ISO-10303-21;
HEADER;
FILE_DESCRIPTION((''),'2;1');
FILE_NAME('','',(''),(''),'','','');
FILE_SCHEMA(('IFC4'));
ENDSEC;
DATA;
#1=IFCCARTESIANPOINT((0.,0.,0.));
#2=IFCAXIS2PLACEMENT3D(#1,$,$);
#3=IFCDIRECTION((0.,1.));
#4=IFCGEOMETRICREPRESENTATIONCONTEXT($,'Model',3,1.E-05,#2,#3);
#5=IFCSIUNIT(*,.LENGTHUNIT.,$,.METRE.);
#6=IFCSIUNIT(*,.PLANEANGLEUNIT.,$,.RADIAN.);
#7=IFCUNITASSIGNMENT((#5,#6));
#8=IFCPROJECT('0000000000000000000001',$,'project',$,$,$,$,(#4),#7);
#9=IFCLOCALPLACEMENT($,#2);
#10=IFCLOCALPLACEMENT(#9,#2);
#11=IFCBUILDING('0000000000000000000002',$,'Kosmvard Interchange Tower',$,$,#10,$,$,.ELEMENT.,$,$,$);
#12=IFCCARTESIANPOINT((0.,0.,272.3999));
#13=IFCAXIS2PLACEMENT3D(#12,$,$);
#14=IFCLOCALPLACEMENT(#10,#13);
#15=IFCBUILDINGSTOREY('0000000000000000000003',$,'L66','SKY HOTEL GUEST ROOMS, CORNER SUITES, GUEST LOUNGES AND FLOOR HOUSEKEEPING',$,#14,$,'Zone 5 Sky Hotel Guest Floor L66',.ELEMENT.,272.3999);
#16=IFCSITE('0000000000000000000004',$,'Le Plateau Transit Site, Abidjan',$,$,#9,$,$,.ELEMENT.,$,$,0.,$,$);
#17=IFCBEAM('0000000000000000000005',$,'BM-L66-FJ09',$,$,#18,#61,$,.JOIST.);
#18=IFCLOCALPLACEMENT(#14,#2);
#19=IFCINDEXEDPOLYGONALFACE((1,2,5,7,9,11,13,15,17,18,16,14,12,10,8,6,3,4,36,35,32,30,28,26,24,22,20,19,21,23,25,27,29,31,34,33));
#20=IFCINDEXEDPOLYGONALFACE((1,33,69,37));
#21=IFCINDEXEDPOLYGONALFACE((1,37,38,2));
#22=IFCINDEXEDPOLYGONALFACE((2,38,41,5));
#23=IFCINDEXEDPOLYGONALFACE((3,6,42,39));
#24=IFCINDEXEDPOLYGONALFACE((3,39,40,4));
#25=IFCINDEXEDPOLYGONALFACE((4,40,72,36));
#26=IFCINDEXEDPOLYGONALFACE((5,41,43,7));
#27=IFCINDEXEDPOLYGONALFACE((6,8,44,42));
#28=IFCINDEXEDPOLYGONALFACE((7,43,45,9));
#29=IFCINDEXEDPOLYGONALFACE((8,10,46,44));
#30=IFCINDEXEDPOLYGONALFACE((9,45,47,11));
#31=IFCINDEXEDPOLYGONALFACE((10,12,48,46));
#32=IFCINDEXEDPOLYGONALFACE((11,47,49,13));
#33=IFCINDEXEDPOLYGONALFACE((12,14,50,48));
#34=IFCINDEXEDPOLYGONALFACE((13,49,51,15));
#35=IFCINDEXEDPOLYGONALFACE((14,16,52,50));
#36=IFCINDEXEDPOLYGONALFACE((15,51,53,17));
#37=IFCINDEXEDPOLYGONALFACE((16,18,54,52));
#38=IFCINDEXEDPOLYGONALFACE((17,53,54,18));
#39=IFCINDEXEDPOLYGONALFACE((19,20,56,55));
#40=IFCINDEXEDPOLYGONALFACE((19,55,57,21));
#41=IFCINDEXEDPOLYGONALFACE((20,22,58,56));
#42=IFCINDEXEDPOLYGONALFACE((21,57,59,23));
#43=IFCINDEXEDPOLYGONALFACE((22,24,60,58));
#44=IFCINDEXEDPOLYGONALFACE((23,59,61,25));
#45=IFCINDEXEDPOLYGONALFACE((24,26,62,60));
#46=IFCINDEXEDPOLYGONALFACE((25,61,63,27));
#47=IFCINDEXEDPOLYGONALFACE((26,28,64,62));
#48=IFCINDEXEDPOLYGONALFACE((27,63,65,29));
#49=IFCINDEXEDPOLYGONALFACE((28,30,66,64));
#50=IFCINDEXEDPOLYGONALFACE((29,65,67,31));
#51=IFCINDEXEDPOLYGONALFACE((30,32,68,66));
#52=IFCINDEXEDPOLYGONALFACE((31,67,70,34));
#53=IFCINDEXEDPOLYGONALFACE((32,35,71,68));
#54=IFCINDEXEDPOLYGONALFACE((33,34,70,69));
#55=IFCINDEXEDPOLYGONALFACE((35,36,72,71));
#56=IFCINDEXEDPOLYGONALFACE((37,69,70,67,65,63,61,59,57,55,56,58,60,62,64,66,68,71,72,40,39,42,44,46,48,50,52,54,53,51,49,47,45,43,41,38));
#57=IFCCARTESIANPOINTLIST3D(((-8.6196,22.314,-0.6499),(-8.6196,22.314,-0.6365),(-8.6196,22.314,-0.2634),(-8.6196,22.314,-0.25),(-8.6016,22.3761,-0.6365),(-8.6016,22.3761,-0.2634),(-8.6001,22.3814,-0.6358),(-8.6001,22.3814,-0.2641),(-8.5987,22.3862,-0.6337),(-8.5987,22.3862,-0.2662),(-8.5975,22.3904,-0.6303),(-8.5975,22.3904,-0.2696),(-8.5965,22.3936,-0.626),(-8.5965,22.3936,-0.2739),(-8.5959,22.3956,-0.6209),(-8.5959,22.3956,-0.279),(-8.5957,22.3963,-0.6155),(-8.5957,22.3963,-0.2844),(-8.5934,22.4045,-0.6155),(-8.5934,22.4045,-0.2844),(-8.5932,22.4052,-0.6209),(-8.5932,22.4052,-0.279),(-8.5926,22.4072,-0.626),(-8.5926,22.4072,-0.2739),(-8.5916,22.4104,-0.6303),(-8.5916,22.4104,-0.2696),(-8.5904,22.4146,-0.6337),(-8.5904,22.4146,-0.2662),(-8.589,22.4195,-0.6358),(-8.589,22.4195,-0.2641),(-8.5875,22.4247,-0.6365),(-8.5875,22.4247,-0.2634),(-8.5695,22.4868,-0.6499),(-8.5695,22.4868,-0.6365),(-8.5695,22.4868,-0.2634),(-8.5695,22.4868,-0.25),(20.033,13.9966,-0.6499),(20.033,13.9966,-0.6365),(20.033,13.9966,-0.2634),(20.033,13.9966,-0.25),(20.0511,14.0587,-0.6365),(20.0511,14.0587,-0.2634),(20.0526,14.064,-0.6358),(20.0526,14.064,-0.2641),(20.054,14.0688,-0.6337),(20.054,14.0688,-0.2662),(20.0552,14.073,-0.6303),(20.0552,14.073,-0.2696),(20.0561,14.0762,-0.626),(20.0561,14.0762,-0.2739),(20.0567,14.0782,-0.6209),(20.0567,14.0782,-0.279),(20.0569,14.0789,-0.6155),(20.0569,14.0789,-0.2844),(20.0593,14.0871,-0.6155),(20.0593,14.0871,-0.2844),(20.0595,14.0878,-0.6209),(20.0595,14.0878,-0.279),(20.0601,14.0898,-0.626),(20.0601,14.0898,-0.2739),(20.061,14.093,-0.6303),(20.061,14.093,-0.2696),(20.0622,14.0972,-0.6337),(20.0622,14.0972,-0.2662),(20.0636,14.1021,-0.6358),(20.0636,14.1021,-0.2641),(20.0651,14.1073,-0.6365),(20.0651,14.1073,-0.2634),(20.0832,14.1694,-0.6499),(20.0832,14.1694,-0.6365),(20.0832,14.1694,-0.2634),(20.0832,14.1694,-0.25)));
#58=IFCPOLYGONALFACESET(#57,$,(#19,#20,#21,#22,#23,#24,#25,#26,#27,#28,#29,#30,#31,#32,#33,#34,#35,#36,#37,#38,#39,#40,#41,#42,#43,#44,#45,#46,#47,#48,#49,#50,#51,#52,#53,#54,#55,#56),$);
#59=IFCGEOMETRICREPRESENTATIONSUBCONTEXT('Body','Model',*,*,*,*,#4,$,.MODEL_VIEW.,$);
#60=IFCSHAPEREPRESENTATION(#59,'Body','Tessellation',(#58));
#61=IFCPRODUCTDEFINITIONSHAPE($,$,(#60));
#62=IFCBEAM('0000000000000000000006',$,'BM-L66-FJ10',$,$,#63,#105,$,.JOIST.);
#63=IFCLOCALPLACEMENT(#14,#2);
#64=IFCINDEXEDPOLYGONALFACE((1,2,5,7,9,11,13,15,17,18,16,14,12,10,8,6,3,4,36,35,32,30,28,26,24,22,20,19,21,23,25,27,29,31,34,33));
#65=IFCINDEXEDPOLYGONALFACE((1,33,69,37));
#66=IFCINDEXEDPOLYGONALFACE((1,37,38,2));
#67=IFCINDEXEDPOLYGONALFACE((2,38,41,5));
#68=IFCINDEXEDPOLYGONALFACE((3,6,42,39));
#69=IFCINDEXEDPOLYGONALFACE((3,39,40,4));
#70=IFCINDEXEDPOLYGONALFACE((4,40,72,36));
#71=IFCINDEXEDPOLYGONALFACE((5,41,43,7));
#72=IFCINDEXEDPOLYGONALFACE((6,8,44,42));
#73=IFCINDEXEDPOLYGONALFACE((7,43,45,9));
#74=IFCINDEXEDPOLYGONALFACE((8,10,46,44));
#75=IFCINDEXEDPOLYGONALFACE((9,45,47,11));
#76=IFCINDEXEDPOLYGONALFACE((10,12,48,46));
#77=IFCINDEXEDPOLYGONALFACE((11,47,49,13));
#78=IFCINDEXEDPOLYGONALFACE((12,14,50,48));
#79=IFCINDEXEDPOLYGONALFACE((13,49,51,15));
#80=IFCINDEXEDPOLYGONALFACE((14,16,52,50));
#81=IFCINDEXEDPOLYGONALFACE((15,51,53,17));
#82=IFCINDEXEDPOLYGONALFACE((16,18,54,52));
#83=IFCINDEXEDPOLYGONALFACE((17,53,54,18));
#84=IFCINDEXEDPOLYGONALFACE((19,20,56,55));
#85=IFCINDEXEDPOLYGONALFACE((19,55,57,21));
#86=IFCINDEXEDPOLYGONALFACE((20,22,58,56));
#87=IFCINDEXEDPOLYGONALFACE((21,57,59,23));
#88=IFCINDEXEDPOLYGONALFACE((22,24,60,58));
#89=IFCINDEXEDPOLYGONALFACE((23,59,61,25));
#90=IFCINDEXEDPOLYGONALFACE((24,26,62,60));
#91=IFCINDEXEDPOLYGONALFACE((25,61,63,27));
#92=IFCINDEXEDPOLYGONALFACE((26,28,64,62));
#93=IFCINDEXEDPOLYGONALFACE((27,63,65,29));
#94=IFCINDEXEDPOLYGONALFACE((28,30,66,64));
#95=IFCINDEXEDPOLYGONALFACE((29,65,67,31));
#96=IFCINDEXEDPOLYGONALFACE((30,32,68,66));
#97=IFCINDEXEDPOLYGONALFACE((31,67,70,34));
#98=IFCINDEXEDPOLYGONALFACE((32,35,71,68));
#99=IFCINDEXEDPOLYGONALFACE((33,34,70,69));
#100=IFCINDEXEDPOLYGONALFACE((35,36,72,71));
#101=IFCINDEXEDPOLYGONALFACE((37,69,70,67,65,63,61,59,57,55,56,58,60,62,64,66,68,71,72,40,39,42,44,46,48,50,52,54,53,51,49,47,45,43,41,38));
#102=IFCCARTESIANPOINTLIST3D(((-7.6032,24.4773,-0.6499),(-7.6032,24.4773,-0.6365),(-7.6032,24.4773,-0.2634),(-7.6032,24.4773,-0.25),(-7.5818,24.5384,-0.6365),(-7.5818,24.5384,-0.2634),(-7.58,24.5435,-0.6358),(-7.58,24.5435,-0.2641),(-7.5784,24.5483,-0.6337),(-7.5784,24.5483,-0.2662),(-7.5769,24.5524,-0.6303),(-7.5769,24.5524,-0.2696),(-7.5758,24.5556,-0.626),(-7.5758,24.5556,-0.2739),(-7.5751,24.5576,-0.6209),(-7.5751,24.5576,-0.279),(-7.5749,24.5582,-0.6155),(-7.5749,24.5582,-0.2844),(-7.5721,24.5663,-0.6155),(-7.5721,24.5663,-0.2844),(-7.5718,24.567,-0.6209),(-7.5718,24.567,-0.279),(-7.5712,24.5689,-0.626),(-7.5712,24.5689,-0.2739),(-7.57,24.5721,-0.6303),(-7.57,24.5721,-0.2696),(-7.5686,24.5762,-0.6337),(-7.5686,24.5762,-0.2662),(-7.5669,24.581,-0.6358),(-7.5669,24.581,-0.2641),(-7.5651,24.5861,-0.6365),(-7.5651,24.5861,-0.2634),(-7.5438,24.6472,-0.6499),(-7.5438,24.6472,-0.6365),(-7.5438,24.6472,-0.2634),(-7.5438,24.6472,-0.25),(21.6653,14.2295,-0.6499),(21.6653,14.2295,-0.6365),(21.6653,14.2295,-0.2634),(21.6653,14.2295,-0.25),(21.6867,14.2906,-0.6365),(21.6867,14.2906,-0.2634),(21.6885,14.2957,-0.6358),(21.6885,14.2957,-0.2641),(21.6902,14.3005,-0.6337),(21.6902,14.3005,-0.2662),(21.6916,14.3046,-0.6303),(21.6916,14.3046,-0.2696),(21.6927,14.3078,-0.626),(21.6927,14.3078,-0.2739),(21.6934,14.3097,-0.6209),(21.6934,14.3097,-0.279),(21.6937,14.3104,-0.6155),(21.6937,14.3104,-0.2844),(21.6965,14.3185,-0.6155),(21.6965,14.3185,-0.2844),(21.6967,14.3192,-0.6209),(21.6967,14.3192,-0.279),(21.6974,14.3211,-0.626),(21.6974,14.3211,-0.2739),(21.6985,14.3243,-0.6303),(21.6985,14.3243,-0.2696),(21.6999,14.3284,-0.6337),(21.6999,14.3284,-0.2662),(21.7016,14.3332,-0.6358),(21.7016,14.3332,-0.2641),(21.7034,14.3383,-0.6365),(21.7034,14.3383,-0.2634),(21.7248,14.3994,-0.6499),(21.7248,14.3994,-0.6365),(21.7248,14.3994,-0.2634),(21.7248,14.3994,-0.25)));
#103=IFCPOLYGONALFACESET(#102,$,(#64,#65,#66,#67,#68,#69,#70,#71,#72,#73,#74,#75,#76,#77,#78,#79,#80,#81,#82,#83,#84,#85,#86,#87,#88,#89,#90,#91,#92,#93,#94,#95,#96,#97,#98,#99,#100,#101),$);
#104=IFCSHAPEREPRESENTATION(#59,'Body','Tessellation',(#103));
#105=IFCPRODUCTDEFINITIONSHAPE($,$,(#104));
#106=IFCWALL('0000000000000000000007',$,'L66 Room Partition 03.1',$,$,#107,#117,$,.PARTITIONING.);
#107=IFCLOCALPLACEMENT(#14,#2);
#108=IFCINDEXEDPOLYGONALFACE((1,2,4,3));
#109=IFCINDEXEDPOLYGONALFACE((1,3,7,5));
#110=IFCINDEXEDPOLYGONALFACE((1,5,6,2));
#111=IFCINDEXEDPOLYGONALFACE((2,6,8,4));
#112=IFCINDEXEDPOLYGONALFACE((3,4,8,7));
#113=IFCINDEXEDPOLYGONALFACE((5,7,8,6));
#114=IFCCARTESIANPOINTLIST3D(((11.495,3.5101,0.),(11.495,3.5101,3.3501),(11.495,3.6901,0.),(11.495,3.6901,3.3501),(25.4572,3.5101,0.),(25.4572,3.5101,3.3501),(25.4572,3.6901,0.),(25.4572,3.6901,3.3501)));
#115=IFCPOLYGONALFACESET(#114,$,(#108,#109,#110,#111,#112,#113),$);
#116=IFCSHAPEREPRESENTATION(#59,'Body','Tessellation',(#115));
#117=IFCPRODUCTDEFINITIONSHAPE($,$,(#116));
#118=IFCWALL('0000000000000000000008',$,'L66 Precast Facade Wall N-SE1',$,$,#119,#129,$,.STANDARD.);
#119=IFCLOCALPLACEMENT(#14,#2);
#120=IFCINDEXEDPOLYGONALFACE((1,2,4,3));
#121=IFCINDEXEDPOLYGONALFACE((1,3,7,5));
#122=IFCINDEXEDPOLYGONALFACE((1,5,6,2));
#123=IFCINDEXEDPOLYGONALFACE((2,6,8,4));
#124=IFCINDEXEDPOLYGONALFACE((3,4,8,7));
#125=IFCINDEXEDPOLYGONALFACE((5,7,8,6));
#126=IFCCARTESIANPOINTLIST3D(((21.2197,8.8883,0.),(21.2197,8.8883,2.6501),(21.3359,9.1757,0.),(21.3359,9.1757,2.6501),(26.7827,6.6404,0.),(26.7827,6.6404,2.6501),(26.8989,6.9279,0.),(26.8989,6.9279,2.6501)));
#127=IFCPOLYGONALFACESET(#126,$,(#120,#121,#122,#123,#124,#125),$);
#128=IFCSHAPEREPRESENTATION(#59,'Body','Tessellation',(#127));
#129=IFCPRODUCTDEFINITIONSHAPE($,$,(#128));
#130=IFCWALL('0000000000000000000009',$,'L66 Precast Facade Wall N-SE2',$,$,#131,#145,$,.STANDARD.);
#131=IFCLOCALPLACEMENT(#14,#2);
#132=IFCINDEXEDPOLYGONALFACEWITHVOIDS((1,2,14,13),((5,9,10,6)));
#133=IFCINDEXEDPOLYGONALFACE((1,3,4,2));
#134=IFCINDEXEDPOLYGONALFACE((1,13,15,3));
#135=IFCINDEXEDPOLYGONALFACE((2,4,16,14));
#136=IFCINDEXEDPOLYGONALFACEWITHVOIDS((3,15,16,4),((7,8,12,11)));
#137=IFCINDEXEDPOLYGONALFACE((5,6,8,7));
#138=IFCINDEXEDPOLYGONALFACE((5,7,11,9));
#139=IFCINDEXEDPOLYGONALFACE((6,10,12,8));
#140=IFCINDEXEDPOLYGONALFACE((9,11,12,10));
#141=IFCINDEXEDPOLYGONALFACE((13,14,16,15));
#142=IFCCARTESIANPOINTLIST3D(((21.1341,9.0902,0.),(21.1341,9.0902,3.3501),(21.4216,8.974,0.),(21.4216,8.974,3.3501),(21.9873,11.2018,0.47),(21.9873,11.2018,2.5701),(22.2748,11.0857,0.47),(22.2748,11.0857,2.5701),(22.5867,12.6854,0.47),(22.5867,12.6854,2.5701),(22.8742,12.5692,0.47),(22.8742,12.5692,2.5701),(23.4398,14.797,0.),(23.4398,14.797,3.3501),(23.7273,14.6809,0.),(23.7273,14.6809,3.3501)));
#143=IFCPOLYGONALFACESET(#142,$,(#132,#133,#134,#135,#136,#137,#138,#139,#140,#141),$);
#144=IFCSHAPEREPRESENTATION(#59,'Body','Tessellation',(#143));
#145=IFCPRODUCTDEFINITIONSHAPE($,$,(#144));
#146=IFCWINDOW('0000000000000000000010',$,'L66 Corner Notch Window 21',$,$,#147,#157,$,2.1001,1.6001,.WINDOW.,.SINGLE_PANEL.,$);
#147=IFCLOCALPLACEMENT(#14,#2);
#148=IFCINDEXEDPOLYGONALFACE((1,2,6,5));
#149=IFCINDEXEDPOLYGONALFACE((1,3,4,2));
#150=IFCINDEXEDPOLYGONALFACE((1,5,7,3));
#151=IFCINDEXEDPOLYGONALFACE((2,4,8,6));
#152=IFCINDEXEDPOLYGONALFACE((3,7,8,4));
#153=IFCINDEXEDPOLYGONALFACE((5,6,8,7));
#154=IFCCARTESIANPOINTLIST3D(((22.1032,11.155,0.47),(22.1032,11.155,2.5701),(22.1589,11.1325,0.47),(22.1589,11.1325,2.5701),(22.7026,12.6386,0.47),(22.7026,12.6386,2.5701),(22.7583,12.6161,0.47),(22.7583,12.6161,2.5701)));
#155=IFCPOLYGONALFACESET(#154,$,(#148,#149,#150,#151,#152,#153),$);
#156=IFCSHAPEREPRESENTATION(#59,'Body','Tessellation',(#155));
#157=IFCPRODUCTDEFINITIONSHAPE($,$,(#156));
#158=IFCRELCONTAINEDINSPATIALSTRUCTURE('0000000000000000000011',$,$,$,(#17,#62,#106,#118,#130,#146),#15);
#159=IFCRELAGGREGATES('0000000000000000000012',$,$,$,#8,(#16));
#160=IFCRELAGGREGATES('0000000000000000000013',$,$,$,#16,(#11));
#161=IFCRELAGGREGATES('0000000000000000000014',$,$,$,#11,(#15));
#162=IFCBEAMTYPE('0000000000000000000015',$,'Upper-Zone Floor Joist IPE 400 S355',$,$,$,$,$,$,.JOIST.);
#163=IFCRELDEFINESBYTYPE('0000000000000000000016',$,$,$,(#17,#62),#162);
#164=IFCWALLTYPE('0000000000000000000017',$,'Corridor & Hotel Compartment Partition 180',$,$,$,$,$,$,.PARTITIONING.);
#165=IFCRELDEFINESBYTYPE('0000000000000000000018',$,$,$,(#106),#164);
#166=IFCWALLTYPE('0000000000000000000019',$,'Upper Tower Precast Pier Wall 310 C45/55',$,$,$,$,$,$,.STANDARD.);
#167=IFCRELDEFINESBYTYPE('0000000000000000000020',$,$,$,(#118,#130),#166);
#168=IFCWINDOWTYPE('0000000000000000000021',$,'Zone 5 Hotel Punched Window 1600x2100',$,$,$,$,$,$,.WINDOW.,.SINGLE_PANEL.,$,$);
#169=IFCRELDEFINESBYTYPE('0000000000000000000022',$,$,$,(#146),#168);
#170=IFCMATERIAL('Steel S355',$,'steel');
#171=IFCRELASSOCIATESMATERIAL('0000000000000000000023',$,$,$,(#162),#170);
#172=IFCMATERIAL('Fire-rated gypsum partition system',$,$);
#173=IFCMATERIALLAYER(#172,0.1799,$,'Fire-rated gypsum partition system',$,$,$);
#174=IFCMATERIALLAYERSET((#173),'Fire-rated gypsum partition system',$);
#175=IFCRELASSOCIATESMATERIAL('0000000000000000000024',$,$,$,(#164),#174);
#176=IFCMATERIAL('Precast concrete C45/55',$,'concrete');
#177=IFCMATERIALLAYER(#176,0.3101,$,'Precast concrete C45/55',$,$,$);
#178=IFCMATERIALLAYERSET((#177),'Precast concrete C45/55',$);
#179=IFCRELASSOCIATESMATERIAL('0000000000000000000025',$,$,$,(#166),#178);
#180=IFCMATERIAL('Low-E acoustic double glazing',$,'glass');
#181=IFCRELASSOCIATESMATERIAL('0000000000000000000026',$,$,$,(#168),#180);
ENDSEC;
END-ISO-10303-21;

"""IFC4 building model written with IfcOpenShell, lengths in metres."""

from ifc_helpers import new_model, si_unit, direction, frame, frame_2d, origin, origin_2d, place, context, subcontext, project, spatial, rectangle, i_section, extrude, source, transform, mapped, material, layer, layer_set, material_profile, profile_set, type_object, element, fill, save


model = new_model("IFC4")

# Units and contexts
model_context = context("Model", 3, precision=1e-05, world=origin(), true_north=direction((0.0, 1.0)))
body_context = subcontext(model_context, "Body", "Model", "MODEL_VIEW")
ifc_project = project(units=[si_unit("LENGTHUNIT", "METRE"), si_unit("PLANEANGLEUNIT", "RADIAN")], contexts=[model_context])

# Site, building, storey
site_placement = place(None, origin())
site = spatial("IfcSite", under=ifc_project, at=site_placement, Name="Le Plateau Transit Site, Abidjan", CompositionType="ELEMENT", RefElevation=0.0)
building_placement = place(site_placement, origin())
building = spatial("IfcBuilding", under=site, at=building_placement, Name="Kosmvard Interchange Tower", CompositionType="ELEMENT")
storey_placement = place(building_placement, frame((0.0, 0.0, 272.3999)))
storey = spatial("IfcBuildingStorey", under=building, at=storey_placement, Name="L66", Description="SKY HOTEL GUEST ROOMS, CORNER SUITES, GUEST LOUNGES AND FLOOR HOUSEKEEPING", LongName="Zone 5 Sky Hotel Guest Floor L66", CompositionType="ELEMENT", Elevation=272.3999)

# Beams
ifc_material_1 = material(Name="Steel S355", Category="steel")
ifc_material_2 = material(Name="Precast concrete C45/55", Category="concrete")
ifc_material_profile_1 = material_profile(ifc_material_1, i_section(OverallWidth=0.1799, OverallDepth=0.3999, WebThickness=0.0085, FlangeThickness=0.0134, FilletRadius=0.021, at=origin_2d()), Name="IPE 400")
ifc_profile_set_1 = profile_set([ifc_material_profile_1], Name="Steel S355")
beam_type_1 = type_object("IfcBeamType", Name="Upper-Zone Floor Joist IPE 400 S355", PredefinedType="JOIST", material=ifc_profile_set_1)
shared_shape_1 = source(origin(), body_context, "Body", "SweptSolid", [
    extrude(i_section(OverallWidth=0.1799, OverallDepth=0.3999, WebThickness=0.0085, FlangeThickness=0.0134, FilletRadius=0.021, at=origin_2d()), origin(), (0.0, 0.0, 1.0), 29.8354),
])
beam_1_placement = place(storey_placement, frame((20.0581, 14.083, -0.45), z_axis=(-0.960356, 0.278776, 0.0), x_axis=(-0.278776, -0.960356, 0.0)))
element("IfcBeam", 1, at=beam_1_placement, inside=storey, type_object=beam_type_1, Name="BM-L66-FJ09", PredefinedType="JOIST", context=body_context, shape_type="MappedRepresentation", body=[
    mapped(shared_shape_1, transform((0.0, 0.0, 0.0), scale=1.0)),
])
shared_shape_2 = source(origin(), body_context, "Body", "SweptSolid", [
    extrude(i_section(OverallWidth=0.1799, OverallDepth=0.3999, WebThickness=0.0085, FlangeThickness=0.0134, FilletRadius=0.021, at=origin_2d()), origin(), (0.0, 0.0, 1.0), 31.0107),
])
beam_2_placement = place(storey_placement, frame((21.6951, 14.3145, -0.45), z_axis=(-0.94382, 0.33046, 0.0), x_axis=(-0.33046, -0.94382, 0.0)))
element("IfcBeam", 2, at=beam_2_placement, inside=storey, type_object=beam_type_1, Name="BM-L66-FJ10", PredefinedType="JOIST", context=body_context, shape_type="MappedRepresentation", body=[
    mapped(shared_shape_2, transform((0.0, 0.0, 0.0), scale=1.0)),
])

# Walls
ifc_material_3 = material(Name="Fire-rated gypsum partition system")
ifc_layer_1 = layer(ifc_material_3, 0.1799, Name="Fire-rated gypsum partition system")
ifc_layer_set_1 = layer_set([ifc_layer_1], Name="Fire-rated gypsum partition system")
wall_type_1 = type_object("IfcWallType", Name="Corridor & Hotel Compartment Partition 180", PredefinedType="PARTITIONING", material=ifc_layer_set_1)
wall_1_placement = place(storey_placement, frame((11.4951, 3.6001, 0.0), z_axis=(0.0, 0.0, 1.0), x_axis=(1.0, 0.0, 0.0)))
element("IfcWall", 3, at=wall_1_placement, inside=storey, type_object=wall_type_1, Name="L66 Room Partition 03.1", PredefinedType="PARTITIONING", context=body_context, shape_type="SweptSolid", body=[
    extrude(rectangle(XDim=13.9622, YDim=0.1799, at=frame_2d((6.981, 0.0))), origin(), (0.0, 0.0, 1.0), 3.3501),
])
ifc_layer_2 = layer(ifc_material_2, 0.3101, Name="Precast concrete C45/55")
ifc_layer_set_2 = layer_set([ifc_layer_2], Name="Precast concrete C45/55")
wall_type_2 = type_object("IfcWallType", Name="Upper Tower Precast Pier Wall 310 C45/55", PredefinedType="STANDARD", material=ifc_layer_set_2)
wall_2_placement = place(storey_placement, frame((26.8408, 6.7842, 0.0), z_axis=(0.0, 0.0, 1.0), x_axis=(-0.927172, 0.374637, 0.0)))
element("IfcWall", 4, at=wall_2_placement, inside=storey, type_object=wall_type_2, Name="L66 Precast Facade Wall N-SE1", PredefinedType="STANDARD", context=body_context, shape_type="SweptSolid", body=[
    extrude(rectangle(XDim=6.0, YDim=0.3101, at=frame_2d((3.0, 0.0))), origin(), (0.0, 0.0, 1.0), 2.6501),
])

# Wall, opening, window
wall_3_placement = place(storey_placement, frame((21.2778, 9.032, 0.0), z_axis=(0.0, 0.0, 1.0), x_axis=(0.374603, 0.927185, 0.0)))
wall_3 = element("IfcWall", 5, at=wall_3_placement, inside=storey, type_object=wall_type_2, Name="L66 Precast Facade Wall N-SE2", PredefinedType="STANDARD", context=body_context, shape_type="SweptSolid", body=[
    extrude(rectangle(XDim=6.155, YDim=0.3101, at=frame_2d((3.0776, 0.0))), origin(), (0.0, 0.0, 1.0), 3.3501),
])
opening_1_placement = place(wall_3_placement, frame((2.2776, 0.0, 0.47)))
opening_1 = element("IfcOpeningElement", 6, at=opening_1_placement, cuts=wall_3, PredefinedType="OPENING", context=body_context, shape_type="SweptSolid", body=[
    extrude(rectangle(XDim=1.6001, YDim=2.1001, at=frame_2d((0.8, 1.05))), frame((0.0, 0.165, 0.0), z_axis=(0.0, -1.0, 0.0), x_axis=(1.0, 0.0, 0.0)), (0.0, 0.0, 1.0), 0.3301),
])
ifc_material_4 = material(Name="Low-E acoustic double glazing", Category="glass")
window_type = type_object("IfcWindowType", Name="Zone 5 Hotel Punched Window 1600x2100", PartitioningType="SINGLE_PANEL", PredefinedType="WINDOW", material=ifc_material_4)
shared_shape_3 = source(origin(), body_context, "Body", "SweptSolid", [
    extrude(rectangle(XDim=1.6001, YDim=2.1001, at=frame_2d((0.8, 1.05))), frame((0.0, 0.03, 0.0), z_axis=(0.0, -1.0, 0.0), x_axis=(1.0, 0.0, 0.0)), (0.0, 0.0, 1.0), 0.0601),
])
window_1_placement = place(opening_1_placement, origin())
window_1 = element("IfcWindow", 7, at=window_1_placement, inside=storey, type_object=window_type, Name="L66 Corner Notch Window 21", OverallHeight=2.1001, OverallWidth=1.6001, PartitioningType="SINGLE_PANEL", PredefinedType="WINDOW", context=body_context, shape_type="MappedRepresentation", body=[
    mapped(shared_shape_3, transform((0.0, 0.0, 0.0), scale=1.0)),
])
fill(opening_1, window_1)

save(model, "model.ifc")
